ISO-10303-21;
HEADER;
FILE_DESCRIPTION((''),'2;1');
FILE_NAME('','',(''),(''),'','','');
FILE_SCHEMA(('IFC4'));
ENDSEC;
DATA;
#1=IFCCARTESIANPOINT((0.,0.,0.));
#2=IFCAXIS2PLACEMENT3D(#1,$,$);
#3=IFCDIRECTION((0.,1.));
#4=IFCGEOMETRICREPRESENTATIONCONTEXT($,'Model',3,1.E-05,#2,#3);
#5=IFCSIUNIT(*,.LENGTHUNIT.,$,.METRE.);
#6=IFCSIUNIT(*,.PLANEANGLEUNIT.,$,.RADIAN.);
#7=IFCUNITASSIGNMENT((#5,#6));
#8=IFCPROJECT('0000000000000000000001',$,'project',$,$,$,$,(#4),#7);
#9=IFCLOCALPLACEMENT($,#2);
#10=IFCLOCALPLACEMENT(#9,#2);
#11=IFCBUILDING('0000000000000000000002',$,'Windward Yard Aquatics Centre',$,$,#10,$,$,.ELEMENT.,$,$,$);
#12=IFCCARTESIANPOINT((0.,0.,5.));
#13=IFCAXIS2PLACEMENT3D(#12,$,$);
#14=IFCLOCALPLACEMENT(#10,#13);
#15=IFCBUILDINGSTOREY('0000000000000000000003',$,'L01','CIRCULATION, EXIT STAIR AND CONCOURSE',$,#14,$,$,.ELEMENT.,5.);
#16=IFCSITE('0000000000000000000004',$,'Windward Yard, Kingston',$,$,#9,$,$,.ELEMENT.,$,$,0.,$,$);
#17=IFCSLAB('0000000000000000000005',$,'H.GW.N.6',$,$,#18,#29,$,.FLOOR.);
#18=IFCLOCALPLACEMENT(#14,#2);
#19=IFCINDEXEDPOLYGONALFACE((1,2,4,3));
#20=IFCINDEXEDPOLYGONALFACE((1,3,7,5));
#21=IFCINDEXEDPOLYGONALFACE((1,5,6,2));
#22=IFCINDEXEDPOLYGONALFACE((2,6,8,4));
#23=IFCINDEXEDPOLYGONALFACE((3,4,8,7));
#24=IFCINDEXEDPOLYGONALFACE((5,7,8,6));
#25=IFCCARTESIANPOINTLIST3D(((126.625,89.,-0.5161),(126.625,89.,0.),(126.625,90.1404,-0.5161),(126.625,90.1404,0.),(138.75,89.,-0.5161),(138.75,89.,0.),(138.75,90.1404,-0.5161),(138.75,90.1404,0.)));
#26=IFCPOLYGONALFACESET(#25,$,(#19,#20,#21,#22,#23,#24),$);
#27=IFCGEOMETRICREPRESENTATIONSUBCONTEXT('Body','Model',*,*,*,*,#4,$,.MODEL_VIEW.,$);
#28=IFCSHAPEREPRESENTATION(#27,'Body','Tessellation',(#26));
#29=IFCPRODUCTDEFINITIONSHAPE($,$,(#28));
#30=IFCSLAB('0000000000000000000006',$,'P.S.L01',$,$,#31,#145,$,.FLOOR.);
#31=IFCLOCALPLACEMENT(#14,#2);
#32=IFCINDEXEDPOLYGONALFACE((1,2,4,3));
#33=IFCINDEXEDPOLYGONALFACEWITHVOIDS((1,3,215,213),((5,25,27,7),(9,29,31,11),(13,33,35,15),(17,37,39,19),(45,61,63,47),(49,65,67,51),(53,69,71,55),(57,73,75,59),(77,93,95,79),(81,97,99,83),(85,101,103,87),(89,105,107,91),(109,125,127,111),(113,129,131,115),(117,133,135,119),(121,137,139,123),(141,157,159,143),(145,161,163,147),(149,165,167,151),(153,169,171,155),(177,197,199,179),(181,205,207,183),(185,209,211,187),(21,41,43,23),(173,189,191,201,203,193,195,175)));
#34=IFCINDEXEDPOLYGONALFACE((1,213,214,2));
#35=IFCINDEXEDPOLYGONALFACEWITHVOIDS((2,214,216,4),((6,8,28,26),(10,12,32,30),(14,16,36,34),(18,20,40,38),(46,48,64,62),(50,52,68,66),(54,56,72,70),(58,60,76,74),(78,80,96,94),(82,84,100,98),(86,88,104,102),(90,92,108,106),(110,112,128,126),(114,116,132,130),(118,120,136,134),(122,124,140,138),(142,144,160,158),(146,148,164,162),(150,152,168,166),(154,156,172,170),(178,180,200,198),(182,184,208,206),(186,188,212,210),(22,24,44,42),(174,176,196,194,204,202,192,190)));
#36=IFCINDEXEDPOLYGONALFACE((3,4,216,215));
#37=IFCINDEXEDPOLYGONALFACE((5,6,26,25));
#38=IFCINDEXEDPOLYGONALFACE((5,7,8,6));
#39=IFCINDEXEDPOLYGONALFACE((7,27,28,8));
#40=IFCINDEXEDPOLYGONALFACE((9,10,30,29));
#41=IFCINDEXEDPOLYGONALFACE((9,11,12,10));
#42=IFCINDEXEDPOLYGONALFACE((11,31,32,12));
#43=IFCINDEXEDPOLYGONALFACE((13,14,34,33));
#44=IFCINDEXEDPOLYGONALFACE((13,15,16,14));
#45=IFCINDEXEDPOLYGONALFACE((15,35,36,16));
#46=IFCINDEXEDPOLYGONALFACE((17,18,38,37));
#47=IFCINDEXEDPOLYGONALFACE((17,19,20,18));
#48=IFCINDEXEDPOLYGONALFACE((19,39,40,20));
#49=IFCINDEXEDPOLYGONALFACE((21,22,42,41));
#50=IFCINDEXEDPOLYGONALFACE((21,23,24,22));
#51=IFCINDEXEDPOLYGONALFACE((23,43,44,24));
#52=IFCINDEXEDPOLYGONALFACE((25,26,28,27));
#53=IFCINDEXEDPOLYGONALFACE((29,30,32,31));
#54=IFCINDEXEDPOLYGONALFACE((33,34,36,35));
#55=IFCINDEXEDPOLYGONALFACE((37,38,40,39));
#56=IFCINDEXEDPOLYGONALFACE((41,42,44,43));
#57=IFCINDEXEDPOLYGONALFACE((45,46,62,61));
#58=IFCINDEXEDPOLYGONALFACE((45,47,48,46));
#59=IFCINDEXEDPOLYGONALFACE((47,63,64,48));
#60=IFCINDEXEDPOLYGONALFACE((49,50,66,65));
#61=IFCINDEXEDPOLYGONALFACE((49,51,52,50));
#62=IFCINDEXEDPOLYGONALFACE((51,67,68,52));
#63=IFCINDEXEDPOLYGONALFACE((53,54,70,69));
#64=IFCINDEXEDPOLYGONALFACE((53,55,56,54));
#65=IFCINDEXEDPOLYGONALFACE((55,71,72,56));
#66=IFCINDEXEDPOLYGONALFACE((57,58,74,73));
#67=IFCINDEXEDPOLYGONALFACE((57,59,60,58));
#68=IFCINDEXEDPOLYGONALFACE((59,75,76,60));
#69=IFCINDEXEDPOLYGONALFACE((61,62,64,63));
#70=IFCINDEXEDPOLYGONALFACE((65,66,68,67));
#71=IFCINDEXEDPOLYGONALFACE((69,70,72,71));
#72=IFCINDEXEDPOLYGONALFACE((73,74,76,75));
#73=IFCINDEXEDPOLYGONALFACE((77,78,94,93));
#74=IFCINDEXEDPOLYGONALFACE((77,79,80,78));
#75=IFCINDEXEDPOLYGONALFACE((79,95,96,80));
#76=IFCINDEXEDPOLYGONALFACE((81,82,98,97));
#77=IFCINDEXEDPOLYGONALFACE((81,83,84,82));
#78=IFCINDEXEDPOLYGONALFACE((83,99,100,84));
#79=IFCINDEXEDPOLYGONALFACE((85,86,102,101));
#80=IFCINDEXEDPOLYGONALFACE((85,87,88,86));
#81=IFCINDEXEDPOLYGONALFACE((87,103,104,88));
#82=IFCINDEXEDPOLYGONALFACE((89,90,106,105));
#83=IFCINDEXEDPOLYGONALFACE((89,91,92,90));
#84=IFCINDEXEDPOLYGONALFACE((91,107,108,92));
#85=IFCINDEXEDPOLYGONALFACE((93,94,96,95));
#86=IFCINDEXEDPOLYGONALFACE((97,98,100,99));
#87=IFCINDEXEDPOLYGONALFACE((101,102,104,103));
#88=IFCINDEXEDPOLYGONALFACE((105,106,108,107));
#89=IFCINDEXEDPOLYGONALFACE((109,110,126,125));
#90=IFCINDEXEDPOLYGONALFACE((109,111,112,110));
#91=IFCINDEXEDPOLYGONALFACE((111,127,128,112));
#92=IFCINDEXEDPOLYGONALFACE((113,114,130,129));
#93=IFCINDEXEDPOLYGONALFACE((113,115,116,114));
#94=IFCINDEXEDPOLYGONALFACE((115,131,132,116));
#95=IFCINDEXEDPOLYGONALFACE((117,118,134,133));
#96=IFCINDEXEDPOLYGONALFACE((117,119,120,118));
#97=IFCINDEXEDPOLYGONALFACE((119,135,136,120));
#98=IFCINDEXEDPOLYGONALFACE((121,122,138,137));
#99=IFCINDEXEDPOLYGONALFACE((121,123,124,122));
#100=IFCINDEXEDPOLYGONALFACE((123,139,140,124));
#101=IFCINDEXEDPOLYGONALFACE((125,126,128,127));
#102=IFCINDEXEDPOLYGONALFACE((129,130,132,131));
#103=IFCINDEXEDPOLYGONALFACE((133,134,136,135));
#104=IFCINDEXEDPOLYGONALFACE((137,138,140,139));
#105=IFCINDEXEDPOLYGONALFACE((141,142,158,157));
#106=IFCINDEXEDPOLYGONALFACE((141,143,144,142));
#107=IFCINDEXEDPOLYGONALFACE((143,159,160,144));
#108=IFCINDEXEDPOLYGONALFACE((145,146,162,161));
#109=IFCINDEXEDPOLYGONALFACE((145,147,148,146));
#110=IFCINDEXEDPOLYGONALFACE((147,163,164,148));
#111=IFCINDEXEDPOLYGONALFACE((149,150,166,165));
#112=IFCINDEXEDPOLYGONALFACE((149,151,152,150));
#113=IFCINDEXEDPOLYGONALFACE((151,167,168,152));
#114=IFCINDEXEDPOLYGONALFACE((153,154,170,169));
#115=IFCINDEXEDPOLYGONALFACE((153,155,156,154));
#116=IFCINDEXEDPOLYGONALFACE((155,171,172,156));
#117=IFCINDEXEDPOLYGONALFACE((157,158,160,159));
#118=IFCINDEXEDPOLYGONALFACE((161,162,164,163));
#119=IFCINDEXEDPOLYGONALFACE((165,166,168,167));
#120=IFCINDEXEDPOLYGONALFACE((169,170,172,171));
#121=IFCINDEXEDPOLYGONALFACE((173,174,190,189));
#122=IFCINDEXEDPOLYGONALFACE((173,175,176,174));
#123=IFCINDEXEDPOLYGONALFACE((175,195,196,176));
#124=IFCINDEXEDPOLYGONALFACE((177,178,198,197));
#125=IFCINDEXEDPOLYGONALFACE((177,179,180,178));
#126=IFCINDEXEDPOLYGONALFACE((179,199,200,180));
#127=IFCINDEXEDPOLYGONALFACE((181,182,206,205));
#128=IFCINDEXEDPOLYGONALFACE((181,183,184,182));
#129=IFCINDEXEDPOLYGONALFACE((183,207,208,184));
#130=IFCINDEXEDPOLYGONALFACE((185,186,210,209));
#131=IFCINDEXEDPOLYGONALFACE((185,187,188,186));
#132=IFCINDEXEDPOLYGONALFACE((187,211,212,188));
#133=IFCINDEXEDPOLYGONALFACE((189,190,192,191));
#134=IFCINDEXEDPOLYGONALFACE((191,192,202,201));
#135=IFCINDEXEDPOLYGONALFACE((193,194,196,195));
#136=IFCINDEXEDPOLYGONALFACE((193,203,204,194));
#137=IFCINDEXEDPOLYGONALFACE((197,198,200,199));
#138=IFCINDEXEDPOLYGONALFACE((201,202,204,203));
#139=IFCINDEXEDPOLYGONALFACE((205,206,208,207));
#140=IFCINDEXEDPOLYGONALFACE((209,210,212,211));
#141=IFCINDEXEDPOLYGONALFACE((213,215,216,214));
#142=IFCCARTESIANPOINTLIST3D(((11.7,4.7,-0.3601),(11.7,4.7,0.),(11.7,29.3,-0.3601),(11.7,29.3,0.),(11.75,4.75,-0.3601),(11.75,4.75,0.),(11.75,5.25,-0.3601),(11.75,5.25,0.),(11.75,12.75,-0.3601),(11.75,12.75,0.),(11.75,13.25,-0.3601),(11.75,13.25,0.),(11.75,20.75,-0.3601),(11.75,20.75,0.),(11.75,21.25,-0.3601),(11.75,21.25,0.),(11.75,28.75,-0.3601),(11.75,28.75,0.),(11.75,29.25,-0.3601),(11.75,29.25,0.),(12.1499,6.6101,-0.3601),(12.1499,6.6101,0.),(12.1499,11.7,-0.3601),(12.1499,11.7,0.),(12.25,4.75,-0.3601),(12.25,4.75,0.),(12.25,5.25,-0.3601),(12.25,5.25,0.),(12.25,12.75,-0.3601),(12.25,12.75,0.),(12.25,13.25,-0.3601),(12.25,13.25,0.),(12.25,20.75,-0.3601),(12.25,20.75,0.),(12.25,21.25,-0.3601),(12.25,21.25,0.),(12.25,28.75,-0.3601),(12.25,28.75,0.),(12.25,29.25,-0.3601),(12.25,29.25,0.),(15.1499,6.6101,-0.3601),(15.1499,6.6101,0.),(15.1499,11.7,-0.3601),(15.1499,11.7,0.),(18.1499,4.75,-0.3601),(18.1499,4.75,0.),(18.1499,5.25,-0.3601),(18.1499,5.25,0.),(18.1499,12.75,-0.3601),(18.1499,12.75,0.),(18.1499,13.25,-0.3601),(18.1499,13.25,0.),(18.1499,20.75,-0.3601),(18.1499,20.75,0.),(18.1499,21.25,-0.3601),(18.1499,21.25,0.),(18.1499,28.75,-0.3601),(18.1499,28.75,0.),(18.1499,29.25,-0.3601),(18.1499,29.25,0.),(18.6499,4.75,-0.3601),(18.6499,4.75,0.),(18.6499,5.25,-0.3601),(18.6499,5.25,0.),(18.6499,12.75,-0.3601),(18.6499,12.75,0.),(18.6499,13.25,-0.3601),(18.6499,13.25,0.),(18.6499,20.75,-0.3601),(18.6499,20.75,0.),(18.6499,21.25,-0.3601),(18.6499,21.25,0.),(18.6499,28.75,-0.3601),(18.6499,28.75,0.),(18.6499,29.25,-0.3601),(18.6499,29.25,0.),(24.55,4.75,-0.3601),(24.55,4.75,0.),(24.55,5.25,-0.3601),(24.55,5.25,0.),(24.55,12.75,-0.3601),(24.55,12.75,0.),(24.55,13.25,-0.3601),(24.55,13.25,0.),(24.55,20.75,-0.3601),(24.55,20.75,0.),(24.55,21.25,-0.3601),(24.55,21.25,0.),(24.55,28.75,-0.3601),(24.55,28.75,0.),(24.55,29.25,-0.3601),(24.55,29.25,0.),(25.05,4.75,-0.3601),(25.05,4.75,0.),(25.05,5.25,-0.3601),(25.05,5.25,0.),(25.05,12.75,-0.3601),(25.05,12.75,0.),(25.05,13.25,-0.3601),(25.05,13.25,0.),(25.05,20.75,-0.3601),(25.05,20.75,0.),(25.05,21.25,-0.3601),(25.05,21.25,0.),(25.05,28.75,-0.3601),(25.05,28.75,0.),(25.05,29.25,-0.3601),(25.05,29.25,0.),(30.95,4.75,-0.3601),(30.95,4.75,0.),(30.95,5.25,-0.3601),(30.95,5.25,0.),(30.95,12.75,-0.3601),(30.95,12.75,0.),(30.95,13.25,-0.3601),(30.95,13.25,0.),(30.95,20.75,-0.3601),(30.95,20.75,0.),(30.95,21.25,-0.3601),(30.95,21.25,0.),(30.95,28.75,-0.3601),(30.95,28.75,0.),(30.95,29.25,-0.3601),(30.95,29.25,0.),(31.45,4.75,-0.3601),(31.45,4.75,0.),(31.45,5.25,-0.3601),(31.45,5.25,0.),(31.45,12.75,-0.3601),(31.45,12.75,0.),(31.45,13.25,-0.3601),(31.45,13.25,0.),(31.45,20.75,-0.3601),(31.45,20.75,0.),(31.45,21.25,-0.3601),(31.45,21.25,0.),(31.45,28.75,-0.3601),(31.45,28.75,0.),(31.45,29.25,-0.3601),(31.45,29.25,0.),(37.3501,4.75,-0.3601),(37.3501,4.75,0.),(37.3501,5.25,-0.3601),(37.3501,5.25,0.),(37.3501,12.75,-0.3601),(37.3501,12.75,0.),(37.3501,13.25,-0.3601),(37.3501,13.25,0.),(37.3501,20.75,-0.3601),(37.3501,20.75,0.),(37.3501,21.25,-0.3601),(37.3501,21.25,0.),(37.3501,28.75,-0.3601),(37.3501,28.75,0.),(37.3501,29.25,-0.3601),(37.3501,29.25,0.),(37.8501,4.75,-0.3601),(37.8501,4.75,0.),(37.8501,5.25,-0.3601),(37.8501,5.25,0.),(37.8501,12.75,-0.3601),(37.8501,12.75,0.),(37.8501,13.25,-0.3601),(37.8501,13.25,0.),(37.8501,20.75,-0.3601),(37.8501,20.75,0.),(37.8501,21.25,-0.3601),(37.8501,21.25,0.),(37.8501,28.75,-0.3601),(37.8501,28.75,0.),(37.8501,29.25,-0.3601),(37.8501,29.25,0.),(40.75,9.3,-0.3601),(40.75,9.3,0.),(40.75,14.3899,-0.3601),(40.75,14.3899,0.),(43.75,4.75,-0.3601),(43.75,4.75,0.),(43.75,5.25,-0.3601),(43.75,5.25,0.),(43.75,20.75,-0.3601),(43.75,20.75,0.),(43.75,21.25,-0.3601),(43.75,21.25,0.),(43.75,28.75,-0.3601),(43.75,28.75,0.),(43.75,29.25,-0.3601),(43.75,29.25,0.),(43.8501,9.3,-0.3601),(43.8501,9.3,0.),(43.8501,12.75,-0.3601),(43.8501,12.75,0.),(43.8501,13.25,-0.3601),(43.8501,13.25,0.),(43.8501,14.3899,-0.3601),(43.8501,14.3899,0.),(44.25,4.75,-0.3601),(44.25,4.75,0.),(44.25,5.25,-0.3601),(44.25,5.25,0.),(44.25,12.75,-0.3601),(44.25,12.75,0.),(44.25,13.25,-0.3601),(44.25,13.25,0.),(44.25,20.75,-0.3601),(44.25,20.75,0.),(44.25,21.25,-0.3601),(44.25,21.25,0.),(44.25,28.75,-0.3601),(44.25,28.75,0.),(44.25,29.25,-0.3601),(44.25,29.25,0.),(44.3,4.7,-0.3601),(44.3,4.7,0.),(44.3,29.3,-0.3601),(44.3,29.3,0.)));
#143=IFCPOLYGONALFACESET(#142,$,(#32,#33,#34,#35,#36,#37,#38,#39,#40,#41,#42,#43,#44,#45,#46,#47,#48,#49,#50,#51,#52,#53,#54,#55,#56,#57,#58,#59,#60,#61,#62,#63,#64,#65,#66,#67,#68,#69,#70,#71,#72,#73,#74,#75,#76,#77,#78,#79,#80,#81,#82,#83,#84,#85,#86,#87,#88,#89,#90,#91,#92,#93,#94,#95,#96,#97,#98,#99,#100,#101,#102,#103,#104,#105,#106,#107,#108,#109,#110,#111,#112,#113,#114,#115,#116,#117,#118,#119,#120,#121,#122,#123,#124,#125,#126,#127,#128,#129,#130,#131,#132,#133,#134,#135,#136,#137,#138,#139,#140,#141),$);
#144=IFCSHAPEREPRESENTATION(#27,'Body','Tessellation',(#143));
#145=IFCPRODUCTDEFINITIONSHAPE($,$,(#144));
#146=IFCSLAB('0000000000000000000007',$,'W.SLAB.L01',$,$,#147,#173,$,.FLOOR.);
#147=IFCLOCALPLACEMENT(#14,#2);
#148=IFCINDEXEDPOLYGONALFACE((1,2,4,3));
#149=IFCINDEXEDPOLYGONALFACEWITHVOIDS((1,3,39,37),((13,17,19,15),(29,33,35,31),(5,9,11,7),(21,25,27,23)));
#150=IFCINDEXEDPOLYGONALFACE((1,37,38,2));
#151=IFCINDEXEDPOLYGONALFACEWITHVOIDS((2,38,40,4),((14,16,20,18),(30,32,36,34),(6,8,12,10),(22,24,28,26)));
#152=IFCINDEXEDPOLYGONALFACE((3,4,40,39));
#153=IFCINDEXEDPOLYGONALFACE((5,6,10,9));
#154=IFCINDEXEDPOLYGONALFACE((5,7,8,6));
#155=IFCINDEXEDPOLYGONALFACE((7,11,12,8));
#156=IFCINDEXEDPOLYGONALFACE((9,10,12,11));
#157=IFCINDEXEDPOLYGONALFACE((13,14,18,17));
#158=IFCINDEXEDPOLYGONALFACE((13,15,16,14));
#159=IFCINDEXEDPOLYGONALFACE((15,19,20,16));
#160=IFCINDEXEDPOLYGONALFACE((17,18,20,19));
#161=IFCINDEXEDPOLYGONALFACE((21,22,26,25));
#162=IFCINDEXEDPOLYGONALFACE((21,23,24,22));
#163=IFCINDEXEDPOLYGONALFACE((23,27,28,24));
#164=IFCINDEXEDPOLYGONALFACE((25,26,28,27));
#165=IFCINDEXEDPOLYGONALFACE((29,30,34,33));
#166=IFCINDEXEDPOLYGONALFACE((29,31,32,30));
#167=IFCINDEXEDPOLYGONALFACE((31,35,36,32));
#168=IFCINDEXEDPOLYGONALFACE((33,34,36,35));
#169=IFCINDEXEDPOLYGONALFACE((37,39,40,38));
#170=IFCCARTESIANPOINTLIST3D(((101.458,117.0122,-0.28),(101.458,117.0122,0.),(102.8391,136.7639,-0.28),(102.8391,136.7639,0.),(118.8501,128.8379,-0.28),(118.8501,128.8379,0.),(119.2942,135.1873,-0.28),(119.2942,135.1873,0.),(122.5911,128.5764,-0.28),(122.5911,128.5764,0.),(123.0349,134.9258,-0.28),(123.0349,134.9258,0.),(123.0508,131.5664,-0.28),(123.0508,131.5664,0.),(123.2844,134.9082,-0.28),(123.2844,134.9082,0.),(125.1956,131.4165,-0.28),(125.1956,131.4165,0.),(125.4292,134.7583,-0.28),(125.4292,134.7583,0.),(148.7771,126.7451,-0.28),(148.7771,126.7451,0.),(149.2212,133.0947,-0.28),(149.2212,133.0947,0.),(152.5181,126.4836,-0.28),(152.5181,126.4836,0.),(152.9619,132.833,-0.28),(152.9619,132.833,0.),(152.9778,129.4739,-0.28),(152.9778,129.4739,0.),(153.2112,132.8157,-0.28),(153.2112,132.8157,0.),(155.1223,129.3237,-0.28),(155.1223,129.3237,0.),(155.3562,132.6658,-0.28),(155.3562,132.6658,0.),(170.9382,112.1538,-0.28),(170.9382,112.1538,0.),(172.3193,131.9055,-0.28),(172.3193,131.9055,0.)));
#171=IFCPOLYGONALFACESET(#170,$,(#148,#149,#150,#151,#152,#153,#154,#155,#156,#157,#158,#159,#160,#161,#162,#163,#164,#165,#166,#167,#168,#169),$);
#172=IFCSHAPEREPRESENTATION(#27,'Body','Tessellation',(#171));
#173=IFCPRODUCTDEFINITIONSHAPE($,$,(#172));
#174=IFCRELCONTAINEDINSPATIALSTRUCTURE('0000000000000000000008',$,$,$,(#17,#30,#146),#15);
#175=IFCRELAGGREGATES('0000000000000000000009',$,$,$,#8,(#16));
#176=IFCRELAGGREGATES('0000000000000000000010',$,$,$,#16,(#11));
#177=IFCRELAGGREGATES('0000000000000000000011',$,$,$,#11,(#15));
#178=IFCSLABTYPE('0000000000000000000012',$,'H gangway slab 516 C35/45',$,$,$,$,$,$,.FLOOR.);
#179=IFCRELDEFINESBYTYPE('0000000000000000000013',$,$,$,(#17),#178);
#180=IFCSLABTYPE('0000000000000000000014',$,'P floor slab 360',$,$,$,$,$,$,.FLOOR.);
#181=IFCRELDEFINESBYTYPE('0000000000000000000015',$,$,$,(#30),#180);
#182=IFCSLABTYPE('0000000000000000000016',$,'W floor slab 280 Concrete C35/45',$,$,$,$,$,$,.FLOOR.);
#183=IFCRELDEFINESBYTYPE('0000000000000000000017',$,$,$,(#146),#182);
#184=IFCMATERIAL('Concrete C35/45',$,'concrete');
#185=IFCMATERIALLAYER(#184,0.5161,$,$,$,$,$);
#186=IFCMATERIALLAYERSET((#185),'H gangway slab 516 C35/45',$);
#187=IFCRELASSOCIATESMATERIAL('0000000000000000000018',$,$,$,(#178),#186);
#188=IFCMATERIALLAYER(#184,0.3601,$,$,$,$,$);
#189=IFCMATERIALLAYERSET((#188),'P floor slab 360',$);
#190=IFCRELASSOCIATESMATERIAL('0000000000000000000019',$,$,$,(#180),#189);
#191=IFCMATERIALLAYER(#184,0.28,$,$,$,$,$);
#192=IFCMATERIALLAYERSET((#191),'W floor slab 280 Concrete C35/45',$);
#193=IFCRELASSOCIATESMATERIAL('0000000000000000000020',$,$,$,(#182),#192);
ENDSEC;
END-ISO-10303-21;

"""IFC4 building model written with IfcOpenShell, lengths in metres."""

from ifc_helpers import new_model, si_unit, direction, frame, origin, place, context, subcontext, project, spatial, polyline, outline, extrude, material, layer, layer_set, type_object, element, save


model = new_model("IFC4")

# Units and contexts
model_context = context("Model", 3, precision=1e-05, world=origin(), true_north=direction((0.0, 1.0)))
body_context = subcontext(model_context, "Body", "Model", "MODEL_VIEW")
ifc_project = project(units=[si_unit("LENGTHUNIT", "METRE"), si_unit("PLANEANGLEUNIT", "RADIAN")], contexts=[model_context])

# Site, building, storey
site_placement = place(None, origin())
site = spatial("IfcSite", under=ifc_project, at=site_placement, Name="Windward Yard, Kingston", CompositionType="ELEMENT", RefElevation=0.0)
building_placement = place(site_placement, origin())
building = spatial("IfcBuilding", under=site, at=building_placement, Name="Windward Yard Aquatics Centre", CompositionType="ELEMENT")
storey_placement = place(building_placement, frame((0.0, 0.0, 5.0)))
storey = spatial("IfcBuildingStorey", under=building, at=storey_placement, Name="L01", Description="CIRCULATION, EXIT STAIR AND CONCOURSE", CompositionType="ELEMENT", Elevation=5.0)

# Slabs
ifc_material_1 = material(Name="Concrete C35/45", Category="concrete")
ifc_layer_1 = layer(ifc_material_1, 0.5161)
ifc_layer_set_1 = layer_set([ifc_layer_1], Name="H gangway slab 516 C35/45")
slab_type_1 = type_object("IfcSlabType", Name="H gangway slab 516 C35/45", PredefinedType="FLOOR", material=ifc_layer_set_1)
slab_1_placement = place(storey_placement, frame((0.0, 0.0, -0.5161)))
element("IfcSlab", 1, at=slab_1_placement, inside=storey, type_object=slab_type_1, Name="H.GW.N.6", PredefinedType="FLOOR", context=body_context, shape_type="SweptSolid", body=[
    extrude(outline(polyline([(126.625, 89.0), (138.75, 89.0), (138.75, 90.1404), (126.625, 90.1404), (126.625, 89.0)])), origin(), (0.0, 0.0, 1.0), 0.5161),
])
ifc_layer_2 = layer(ifc_material_1, 0.3601)
ifc_layer_set_2 = layer_set([ifc_layer_2], Name="P floor slab 360")
slab_type_2 = type_object("IfcSlabType", Name="P floor slab 360", PredefinedType="FLOOR", material=ifc_layer_set_2)
slab_2_placement = place(storey_placement, frame((0.0, 0.0, -0.3601)))
element("IfcSlab", 2, at=slab_2_placement, inside=storey, type_object=slab_type_2, Name="P.S.L01", PredefinedType="FLOOR", context=body_context, shape_type="SweptSolid", body=[
    extrude(outline(polyline([(11.7, 4.7), (44.3, 4.7), (44.3, 29.3), (11.7, 29.3), (11.7, 4.7)]), holes=[polyline([(11.75, 4.75), (11.75, 5.25), (12.25, 5.25), (12.25, 4.75), (11.75, 4.75)]), polyline([(18.1499, 4.75), (18.1499, 5.25), (18.6499, 5.25), (18.6499, 4.75), (18.1499, 4.75)]), polyline([(24.55, 4.75), (24.55, 5.25), (25.05, 5.25), (25.05, 4.75), (24.55, 4.75)]), polyline([(12.1499, 6.6101), (12.1499, 11.7), (15.1499, 11.7), (15.1499, 6.6101), (12.1499, 6.6101)]), polyline([(11.75, 12.75), (11.75, 13.25), (12.25, 13.25), (12.25, 12.75), (11.75, 12.75)]), polyline([(18.1499, 12.75), (18.1499, 13.25), (18.6499, 13.25), (18.6499, 12.75), (18.1499, 12.75)]), polyline([(24.55, 12.75), (24.55, 13.25), (25.05, 13.25), (25.05, 12.75), (24.55, 12.75)]), polyline([(11.75, 20.75), (11.75, 21.25), (12.25, 21.25), (12.25, 20.75), (11.75, 20.75)]), polyline([(18.1499, 20.75), (18.1499, 21.25), (18.6499, 21.25), (18.6499, 20.75), (18.1499, 20.75)]), polyline([(24.55, 20.75), (24.55, 21.25), (25.05, 21.25), (25.05, 20.75), (24.55, 20.75)]), polyline([(11.75, 28.75), (11.75, 29.25), (12.25, 29.25), (12.25, 28.75), (11.75, 28.75)]), polyline([(18.1499, 28.75), (18.1499, 29.25), (18.6499, 29.25), (18.6499, 28.75), (18.1499, 28.75)]), polyline([(24.55, 28.75), (24.55, 29.25), (25.05, 29.25), (25.05, 28.75), (24.55, 28.75)]), polyline([(30.95, 4.75), (30.95, 5.25), (31.45, 5.25), (31.45, 4.75), (30.95, 4.75)]), polyline([(37.3501, 4.75), (37.3501, 5.25), (37.8501, 5.25), (37.8501, 4.75), (37.3501, 4.75)]), polyline([(43.75, 4.75), (43.75, 5.25), (44.25, 5.25), (44.25, 4.75), (43.75, 4.75)]), polyline([(40.75, 9.3), (40.75, 14.3899), (43.8501, 14.3899), (43.8501, 13.25), (44.25, 13.25), (44.25, 12.75), (43.8501, 12.75), (43.8501, 9.3), (40.75, 9.3)]), polyline([(30.95, 12.75), (30.95, 13.25), (31.45, 13.25), (31.45, 12.75), (30.95, 12.75)]), polyline([(37.3501, 12.75), (37.3501, 13.25), (37.8501, 13.25), (37.8501, 12.75), (37.3501, 12.75)]), polyline([(30.95, 20.75), (30.95, 21.25), (31.45, 21.25), (31.45, 20.75), (30.95, 20.75)]), polyline([(37.3501, 20.75), (37.3501, 21.25), (37.8501, 21.25), (37.8501, 20.75), (37.3501, 20.75)]), polyline([(43.75, 20.75), (43.75, 21.25), (44.25, 21.25), (44.25, 20.75), (43.75, 20.75)]), polyline([(30.95, 28.75), (30.95, 29.25), (31.45, 29.25), (31.45, 28.75), (30.95, 28.75)]), polyline([(37.3501, 28.75), (37.3501, 29.25), (37.8501, 29.25), (37.8501, 28.75), (37.3501, 28.75)]), polyline([(43.75, 28.75), (43.75, 29.25), (44.25, 29.25), (44.25, 28.75), (43.75, 28.75)])]), origin(), (0.0, 0.0, 1.0), 0.3601),
])
ifc_layer_3 = layer(ifc_material_1, 0.28)
ifc_layer_set_3 = layer_set([ifc_layer_3], Name="W floor slab 280 Concrete C35/45")
slab_type_3 = type_object("IfcSlabType", Name="W floor slab 280 Concrete C35/45", PredefinedType="FLOOR", material=ifc_layer_set_3)
slab_3_placement = place(storey_placement, frame((0.0, 0.0, -0.28)))
element("IfcSlab", 3, at=slab_3_placement, inside=storey, type_object=slab_type_3, Name="W.SLAB.L01", PredefinedType="FLOOR", context=body_context, shape_type="SweptSolid", body=[
    extrude(outline(polyline([(101.458, 117.0122), (170.9382, 112.1538), (172.3193, 131.9055), (102.8391, 136.7639), (101.458, 117.0122)]), holes=[polyline([(118.8501, 128.8379), (122.5911, 128.5764), (123.0349, 134.9258), (119.2942, 135.1873), (118.8501, 128.8379)]), polyline([(123.0508, 131.5664), (125.1956, 131.4165), (125.4292, 134.7583), (123.2844, 134.9082), (123.0508, 131.5664)]), polyline([(148.7771, 126.7451), (152.5181, 126.4836), (152.9619, 132.833), (149.2212, 133.0947), (148.7771, 126.7451)]), polyline([(152.9778, 129.4739), (155.1223, 129.3237), (155.3562, 132.6658), (153.2112, 132.8157), (152.9778, 129.4739)])]), origin(), (0.0, 0.0, 1.0), 0.28),
])

save(model, "model.ifc")
